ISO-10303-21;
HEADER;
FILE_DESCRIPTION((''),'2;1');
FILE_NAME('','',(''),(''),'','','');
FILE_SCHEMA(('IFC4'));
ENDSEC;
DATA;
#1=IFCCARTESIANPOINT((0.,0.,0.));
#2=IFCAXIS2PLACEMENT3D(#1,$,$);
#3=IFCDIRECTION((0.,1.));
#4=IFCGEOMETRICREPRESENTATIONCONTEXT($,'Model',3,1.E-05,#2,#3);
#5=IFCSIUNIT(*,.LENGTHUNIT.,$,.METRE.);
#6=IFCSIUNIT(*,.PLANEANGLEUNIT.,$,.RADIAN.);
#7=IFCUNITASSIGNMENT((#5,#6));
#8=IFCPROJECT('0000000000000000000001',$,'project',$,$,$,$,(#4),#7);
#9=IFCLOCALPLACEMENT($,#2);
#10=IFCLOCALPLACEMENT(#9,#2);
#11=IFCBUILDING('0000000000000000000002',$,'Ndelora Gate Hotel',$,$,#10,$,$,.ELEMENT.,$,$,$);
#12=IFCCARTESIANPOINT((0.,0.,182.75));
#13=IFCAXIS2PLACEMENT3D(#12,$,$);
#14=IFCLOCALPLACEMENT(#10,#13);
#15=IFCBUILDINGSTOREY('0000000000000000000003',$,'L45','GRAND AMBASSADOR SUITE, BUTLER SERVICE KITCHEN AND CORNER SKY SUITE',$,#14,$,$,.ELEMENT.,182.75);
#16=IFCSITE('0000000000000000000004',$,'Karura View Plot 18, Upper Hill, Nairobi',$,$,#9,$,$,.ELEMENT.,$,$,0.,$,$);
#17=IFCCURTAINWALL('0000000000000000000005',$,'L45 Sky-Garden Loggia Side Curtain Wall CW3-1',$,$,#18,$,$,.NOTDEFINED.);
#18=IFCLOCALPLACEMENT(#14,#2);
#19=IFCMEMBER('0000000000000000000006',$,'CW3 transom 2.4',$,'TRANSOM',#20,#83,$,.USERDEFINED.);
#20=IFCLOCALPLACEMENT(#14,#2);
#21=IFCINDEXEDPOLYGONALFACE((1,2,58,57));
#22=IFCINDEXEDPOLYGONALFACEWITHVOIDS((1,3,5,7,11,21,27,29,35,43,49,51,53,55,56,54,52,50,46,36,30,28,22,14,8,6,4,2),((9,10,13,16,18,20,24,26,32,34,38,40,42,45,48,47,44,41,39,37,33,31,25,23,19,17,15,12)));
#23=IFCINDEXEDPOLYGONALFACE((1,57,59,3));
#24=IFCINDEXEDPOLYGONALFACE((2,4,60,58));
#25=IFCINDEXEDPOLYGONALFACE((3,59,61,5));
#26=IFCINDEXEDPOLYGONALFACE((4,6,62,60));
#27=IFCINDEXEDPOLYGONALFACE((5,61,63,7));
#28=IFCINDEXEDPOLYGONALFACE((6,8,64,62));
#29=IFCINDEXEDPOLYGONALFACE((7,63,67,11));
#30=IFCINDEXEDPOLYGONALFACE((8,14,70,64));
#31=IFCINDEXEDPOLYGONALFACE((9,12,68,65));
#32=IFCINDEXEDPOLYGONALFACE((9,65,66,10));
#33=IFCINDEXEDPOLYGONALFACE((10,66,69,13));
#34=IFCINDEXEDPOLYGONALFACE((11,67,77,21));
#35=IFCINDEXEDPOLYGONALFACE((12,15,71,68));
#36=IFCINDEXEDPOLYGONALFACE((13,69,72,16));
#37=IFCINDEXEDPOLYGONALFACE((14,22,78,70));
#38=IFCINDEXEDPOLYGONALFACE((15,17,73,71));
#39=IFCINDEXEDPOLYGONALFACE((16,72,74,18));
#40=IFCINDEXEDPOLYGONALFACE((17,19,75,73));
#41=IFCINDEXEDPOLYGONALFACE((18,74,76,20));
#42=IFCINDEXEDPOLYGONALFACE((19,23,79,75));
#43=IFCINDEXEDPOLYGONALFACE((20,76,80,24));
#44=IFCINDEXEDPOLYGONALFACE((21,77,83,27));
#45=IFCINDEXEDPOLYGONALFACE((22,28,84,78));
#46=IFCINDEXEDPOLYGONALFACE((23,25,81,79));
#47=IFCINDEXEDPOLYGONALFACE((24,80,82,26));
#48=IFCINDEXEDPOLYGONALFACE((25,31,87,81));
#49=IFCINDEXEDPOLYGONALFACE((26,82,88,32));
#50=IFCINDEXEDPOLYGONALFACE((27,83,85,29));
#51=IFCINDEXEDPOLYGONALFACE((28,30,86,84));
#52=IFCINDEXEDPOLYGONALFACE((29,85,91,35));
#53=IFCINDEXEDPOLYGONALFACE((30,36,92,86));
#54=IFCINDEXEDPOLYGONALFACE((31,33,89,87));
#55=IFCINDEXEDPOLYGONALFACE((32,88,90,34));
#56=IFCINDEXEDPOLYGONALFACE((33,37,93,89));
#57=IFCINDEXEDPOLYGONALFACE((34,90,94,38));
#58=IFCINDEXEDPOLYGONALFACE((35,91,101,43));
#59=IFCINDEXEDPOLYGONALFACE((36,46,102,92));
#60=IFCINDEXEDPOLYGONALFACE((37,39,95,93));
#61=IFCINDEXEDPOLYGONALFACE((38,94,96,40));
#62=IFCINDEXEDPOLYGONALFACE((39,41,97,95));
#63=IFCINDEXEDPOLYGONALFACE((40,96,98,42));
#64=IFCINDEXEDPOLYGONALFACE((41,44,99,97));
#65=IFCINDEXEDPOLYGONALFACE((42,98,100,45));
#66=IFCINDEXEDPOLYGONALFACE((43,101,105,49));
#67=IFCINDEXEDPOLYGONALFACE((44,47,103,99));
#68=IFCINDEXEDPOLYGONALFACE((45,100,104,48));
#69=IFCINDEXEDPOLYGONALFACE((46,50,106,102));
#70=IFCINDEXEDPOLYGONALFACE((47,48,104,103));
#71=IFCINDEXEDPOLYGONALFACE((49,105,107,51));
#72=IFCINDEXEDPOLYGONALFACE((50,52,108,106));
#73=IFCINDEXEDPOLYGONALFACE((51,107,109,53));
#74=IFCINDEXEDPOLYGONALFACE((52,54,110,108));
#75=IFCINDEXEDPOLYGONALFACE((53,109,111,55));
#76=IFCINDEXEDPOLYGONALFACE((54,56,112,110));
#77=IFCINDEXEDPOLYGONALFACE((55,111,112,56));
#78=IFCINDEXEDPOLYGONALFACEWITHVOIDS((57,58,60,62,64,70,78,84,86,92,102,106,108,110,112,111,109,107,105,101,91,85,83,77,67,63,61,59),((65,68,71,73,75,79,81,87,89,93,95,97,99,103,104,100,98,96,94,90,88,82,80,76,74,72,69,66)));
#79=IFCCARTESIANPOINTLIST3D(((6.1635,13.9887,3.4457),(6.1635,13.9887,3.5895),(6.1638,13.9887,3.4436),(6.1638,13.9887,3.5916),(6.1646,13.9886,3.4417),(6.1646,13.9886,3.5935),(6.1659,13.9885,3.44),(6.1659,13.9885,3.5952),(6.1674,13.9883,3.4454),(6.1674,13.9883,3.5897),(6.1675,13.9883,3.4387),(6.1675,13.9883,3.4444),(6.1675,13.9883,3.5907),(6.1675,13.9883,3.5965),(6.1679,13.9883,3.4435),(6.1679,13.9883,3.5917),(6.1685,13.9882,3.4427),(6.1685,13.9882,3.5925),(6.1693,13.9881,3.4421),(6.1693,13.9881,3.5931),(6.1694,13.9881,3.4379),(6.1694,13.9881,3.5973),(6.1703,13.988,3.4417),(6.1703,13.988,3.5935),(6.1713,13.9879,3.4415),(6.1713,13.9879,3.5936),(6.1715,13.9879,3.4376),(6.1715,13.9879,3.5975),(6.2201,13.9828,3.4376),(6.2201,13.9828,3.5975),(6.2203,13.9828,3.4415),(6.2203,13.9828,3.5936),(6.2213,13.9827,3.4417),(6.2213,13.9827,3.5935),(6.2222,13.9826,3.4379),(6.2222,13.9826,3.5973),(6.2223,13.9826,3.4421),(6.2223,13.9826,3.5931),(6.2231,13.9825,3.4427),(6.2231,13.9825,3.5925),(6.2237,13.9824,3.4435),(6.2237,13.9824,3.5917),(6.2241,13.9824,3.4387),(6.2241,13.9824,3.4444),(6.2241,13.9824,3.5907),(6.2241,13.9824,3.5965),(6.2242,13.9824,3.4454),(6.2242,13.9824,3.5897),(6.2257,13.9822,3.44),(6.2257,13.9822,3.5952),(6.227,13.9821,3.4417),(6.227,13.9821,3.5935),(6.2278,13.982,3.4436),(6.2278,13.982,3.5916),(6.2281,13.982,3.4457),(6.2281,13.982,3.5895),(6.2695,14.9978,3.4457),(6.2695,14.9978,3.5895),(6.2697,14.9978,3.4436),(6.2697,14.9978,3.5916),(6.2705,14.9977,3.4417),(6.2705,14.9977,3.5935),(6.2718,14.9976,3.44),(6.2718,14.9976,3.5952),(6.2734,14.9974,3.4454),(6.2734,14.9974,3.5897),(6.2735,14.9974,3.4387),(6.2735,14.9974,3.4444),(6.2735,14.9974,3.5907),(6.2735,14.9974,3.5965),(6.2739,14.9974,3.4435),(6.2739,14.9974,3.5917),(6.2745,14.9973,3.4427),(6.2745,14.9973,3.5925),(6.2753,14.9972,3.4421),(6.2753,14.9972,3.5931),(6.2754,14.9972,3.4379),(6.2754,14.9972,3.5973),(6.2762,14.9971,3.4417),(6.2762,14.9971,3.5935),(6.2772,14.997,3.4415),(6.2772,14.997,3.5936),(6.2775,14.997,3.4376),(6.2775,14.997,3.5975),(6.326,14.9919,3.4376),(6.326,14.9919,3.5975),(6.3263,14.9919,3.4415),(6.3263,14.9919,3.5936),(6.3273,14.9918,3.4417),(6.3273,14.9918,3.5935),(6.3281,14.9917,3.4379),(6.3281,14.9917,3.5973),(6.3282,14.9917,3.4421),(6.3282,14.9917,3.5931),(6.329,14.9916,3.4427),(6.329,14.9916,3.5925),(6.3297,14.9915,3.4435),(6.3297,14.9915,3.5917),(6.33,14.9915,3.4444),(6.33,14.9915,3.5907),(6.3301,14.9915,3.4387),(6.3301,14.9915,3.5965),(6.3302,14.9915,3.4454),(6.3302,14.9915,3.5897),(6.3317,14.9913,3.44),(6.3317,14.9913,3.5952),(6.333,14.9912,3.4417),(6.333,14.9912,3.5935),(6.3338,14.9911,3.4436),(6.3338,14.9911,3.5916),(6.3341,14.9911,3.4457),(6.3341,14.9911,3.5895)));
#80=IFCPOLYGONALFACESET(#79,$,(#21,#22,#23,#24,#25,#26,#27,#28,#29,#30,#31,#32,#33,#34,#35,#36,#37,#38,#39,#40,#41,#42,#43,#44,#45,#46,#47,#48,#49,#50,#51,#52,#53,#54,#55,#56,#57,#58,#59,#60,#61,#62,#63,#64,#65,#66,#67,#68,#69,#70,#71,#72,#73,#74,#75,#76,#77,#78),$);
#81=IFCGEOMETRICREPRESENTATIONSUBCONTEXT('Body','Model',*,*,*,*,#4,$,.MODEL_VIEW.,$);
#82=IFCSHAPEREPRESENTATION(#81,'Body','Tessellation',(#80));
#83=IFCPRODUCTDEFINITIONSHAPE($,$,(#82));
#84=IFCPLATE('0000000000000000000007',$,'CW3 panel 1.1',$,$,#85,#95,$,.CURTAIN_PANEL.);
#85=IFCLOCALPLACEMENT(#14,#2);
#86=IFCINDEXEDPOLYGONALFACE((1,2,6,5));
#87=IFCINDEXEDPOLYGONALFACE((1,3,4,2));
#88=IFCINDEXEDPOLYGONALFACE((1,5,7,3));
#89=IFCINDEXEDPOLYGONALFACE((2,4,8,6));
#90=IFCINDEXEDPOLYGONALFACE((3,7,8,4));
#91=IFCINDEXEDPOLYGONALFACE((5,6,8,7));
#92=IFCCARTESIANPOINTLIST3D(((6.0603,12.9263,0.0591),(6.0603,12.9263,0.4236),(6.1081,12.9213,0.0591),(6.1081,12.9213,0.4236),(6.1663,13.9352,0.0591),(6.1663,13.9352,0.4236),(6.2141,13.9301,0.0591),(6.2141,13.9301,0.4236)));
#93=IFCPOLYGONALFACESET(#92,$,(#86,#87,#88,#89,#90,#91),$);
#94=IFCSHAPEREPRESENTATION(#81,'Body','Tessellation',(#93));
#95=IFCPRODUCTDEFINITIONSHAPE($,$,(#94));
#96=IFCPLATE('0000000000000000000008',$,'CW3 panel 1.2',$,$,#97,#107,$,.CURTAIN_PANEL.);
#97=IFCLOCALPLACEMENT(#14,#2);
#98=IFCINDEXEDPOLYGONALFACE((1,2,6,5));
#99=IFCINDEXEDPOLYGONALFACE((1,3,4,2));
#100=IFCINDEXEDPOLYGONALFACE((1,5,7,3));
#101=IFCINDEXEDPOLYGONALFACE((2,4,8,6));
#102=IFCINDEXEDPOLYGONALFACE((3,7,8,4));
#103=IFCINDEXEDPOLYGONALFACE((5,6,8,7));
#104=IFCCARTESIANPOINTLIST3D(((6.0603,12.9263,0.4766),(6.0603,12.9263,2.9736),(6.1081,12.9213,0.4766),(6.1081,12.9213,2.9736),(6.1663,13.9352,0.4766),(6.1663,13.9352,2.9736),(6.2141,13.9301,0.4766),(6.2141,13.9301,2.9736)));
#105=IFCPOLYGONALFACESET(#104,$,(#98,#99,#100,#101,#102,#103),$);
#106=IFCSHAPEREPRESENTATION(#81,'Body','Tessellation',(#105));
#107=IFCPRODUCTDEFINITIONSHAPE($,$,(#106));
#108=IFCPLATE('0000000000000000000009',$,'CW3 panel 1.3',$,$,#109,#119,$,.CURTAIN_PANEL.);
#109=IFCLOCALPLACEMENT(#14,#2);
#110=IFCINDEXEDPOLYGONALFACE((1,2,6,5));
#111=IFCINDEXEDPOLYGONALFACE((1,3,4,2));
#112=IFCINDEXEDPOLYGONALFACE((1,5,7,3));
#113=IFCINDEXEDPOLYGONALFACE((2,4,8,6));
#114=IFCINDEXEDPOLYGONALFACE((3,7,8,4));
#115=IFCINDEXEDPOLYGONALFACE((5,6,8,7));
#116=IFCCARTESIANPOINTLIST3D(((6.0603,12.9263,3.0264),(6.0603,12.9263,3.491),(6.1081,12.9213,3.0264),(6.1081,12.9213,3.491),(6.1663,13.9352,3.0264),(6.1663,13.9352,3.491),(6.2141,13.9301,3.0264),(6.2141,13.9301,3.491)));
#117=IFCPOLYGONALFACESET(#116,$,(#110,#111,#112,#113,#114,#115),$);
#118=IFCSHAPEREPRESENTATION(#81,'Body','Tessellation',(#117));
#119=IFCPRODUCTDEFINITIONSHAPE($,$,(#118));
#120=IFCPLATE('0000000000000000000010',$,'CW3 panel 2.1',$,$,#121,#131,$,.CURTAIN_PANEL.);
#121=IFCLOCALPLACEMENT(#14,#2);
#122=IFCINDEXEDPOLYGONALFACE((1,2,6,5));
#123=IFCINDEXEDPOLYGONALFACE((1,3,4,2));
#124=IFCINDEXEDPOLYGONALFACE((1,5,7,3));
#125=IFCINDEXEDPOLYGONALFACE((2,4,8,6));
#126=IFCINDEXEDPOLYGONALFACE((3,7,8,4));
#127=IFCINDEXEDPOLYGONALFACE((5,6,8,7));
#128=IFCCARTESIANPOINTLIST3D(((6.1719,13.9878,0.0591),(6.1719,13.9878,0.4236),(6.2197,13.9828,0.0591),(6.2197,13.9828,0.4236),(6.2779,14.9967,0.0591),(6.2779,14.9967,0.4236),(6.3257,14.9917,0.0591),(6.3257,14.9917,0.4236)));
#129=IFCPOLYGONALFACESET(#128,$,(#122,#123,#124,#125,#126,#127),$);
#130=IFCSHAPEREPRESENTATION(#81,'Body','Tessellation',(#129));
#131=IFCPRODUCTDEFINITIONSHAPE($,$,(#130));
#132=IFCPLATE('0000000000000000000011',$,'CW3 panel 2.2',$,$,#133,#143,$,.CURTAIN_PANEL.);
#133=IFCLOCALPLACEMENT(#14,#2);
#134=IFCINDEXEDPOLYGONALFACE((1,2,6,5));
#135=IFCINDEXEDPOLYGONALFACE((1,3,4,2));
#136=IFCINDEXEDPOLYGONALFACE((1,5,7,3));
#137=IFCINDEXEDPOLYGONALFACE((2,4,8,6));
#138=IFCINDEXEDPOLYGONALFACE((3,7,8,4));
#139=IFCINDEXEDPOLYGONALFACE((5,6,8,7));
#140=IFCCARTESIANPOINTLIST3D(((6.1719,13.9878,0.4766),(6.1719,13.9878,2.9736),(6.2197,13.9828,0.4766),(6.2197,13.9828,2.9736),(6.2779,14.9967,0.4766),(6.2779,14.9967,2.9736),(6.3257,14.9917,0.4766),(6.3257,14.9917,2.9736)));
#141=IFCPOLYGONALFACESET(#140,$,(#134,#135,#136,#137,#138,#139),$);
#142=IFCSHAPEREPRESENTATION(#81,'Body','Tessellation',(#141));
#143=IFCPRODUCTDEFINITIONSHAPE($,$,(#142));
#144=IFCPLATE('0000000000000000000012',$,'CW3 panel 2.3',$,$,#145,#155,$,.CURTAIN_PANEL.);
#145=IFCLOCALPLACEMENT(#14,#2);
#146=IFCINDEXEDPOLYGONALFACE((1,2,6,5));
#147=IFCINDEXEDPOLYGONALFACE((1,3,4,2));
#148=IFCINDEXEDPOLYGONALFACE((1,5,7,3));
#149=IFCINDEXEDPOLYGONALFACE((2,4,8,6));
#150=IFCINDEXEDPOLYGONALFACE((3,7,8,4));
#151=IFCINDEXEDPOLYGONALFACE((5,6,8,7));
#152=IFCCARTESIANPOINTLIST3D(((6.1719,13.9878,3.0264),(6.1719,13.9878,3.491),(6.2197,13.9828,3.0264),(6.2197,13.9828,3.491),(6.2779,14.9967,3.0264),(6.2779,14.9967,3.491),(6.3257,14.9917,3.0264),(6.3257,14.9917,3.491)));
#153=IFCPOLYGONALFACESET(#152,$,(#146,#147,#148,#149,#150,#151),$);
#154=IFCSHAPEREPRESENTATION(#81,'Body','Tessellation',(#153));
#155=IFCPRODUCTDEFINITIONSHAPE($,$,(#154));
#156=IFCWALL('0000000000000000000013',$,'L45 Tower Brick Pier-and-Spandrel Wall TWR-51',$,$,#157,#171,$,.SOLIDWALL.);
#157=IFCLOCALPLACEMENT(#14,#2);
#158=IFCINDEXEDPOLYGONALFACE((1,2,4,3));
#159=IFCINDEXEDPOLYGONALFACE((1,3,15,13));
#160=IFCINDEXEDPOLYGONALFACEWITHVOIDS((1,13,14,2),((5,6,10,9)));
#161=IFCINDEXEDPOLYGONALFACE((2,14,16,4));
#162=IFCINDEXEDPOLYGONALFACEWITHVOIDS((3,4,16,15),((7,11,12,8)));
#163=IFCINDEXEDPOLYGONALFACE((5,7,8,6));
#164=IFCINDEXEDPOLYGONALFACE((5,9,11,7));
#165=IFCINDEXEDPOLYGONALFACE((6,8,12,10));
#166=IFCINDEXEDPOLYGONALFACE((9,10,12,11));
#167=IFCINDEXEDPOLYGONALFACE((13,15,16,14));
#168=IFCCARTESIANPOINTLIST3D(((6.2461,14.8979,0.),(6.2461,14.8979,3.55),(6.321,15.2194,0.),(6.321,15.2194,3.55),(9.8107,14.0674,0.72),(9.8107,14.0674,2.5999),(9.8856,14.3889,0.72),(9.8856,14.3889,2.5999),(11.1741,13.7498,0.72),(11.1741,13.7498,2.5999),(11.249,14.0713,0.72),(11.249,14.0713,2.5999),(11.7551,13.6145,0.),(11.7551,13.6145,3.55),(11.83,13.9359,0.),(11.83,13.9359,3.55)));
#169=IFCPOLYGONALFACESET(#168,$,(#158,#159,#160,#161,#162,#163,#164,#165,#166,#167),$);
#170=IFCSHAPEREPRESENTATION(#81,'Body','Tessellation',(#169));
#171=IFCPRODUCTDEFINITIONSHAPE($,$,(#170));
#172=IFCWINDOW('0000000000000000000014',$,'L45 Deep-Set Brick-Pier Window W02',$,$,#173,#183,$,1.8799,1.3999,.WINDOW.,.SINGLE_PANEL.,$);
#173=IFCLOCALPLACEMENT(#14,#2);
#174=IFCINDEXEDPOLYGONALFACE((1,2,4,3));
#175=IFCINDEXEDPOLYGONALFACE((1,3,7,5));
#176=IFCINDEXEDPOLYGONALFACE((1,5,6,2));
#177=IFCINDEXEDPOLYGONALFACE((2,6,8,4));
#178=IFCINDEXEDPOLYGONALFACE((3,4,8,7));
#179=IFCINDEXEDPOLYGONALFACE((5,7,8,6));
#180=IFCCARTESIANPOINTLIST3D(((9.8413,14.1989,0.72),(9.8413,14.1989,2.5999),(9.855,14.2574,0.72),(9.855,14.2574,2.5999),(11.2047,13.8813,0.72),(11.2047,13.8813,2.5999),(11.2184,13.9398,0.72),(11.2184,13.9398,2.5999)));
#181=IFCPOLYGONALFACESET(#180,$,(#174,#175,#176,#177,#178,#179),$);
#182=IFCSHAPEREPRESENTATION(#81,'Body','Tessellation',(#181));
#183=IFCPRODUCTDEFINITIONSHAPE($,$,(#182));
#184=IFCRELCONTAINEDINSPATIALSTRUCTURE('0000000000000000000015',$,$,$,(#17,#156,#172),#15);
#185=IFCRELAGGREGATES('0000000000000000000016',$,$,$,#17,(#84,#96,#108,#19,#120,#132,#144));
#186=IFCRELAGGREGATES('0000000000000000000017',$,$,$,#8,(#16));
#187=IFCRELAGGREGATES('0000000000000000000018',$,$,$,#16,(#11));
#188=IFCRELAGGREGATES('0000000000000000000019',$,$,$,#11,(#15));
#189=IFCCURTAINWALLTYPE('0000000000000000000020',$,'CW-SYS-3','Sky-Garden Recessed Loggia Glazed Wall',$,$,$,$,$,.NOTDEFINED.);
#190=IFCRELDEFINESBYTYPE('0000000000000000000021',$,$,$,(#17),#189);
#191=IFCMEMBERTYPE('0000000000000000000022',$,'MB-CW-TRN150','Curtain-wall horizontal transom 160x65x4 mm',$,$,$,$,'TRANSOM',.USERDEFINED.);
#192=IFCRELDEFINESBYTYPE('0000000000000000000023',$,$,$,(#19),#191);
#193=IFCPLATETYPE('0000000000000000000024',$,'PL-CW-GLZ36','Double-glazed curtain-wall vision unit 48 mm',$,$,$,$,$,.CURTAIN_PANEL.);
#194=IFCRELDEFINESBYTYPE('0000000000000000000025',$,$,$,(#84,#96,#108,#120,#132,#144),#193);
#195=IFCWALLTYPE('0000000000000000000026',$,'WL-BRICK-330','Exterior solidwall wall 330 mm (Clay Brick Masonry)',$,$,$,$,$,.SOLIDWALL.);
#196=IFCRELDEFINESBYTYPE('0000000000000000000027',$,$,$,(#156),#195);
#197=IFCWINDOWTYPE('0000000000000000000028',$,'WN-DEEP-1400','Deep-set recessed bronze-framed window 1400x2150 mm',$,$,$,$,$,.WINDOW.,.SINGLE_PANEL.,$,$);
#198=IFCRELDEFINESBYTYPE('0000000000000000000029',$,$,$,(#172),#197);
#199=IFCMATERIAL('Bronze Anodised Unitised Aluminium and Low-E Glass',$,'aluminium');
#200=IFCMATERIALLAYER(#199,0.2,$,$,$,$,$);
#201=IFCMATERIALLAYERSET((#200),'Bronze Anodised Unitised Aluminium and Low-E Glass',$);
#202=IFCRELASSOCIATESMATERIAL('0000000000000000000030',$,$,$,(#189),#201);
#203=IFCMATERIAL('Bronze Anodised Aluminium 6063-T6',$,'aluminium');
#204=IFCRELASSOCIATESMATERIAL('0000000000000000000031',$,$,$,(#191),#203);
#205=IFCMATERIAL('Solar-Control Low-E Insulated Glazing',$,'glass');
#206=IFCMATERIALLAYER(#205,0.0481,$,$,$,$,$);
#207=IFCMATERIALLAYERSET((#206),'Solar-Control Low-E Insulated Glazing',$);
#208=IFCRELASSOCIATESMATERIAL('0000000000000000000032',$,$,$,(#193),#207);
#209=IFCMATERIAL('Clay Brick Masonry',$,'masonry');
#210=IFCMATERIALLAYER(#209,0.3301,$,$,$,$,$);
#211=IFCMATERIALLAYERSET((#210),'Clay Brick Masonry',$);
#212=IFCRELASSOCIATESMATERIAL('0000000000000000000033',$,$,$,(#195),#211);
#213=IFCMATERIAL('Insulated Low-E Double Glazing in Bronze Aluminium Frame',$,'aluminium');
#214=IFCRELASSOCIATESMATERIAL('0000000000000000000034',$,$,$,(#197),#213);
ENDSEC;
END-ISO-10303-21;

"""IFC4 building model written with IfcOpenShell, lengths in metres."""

from ifc_helpers import new_model, si_unit, direction, frame, frame_2d, origin, origin_2d, place, context, subcontext, project, spatial, rectangle, hollow_rectangle, extrude, material, layer, layer_set, material_profile, profile_set, type_object, element, fill, aggregate, save


model = new_model("IFC4")

# Units and contexts
model_context = context("Model", 3, precision=1e-05, world=origin(), true_north=direction((0.0, 1.0)))
body_context = subcontext(model_context, "Body", "Model", "MODEL_VIEW")
ifc_project = project(units=[si_unit("LENGTHUNIT", "METRE"), si_unit("PLANEANGLEUNIT", "RADIAN")], contexts=[model_context])

# Site, building, storey
site_placement = place(None, origin())
site = spatial("IfcSite", under=ifc_project, at=site_placement, Name="Karura View Plot 18, Upper Hill, Nairobi", CompositionType="ELEMENT", RefElevation=0.0)
building_placement = place(site_placement, origin())
building = spatial("IfcBuilding", under=site, at=building_placement, Name="Ndelora Gate Hotel", CompositionType="ELEMENT")
storey_placement = place(building_placement, frame((0.0, 0.0, 182.75)))
storey = spatial("IfcBuildingStorey", under=building, at=storey_placement, Name="L45", Description="GRAND AMBASSADOR SUITE, BUTLER SERVICE KITCHEN AND CORNER SKY SUITE", CompositionType="ELEMENT", Elevation=182.75)

# Curtain wall, member, plates
ifc_material_1 = material(Name="Bronze Anodised Unitised Aluminium and Low-E Glass", Category="aluminium")
ifc_layer_1 = layer(ifc_material_1, 0.2)
ifc_layer_set_1 = layer_set([ifc_layer_1], Name="Bronze Anodised Unitised Aluminium and Low-E Glass")
curtain_wall_type = type_object("IfcCurtainWallType", Name="CW-SYS-3", Description="Sky-Garden Recessed Loggia Glazed Wall", PredefinedType="NOTDEFINED", material=ifc_layer_set_1)
curtain_wall_placement = place(storey_placement, origin())
curtain_wall = element("IfcCurtainWall", 1, at=curtain_wall_placement, inside=storey, type_object=curtain_wall_type, Name="L45 Sky-Garden Loggia Side Curtain Wall CW3-1", PredefinedType="NOTDEFINED")
ifc_material_2 = material(Name="Bronze Anodised Aluminium 6063-T6", Category="aluminium")
ifc_material_profile_1 = material_profile(ifc_material_2, hollow_rectangle(XDim=0.0649, YDim=0.1599, WallThickness=0.0039, InnerFilletRadius=0.0039, OuterFilletRadius=0.0081, at=origin_2d()), Name="ALU 160x65x4")
ifc_profile_set_1 = profile_set([ifc_material_profile_1], Name="Bronze Anodised Aluminium 6063-T6")
member_type_1 = type_object("IfcMemberType", Name="MB-CW-TRN150", Description="Curtain-wall horizontal transom 160x65x4 mm", ElementType="TRANSOM", PredefinedType="USERDEFINED", material=ifc_profile_set_1)
member_1_placement = place(storey_placement, frame((6.1958, 13.9854, 3.5176), z_axis=(0.104434, 0.994532, 0.0), x_axis=(-0.994532, 0.104434, 0.0)))
member_1 = element("IfcMember", 2, at=member_1_placement, type_object=member_type_1, Name="CW3 transom 2.4", ObjectType="TRANSOM", PredefinedType="USERDEFINED", context=body_context, shape_type="SweptSolid", body=[
    extrude(hollow_rectangle(XDim=0.0649, YDim=0.1599, WallThickness=0.0039, InnerFilletRadius=0.0039, OuterFilletRadius=0.0081, at=origin_2d()), origin(), (0.0, 0.0, 1.0), 1.0146),
])
ifc_material_3 = material(Name="Solar-Control Low-E Insulated Glazing", Category="glass")
ifc_layer_2 = layer(ifc_material_3, 0.0481)
ifc_layer_set_2 = layer_set([ifc_layer_2], Name="Solar-Control Low-E Insulated Glazing")
plate_type = type_object("IfcPlateType", Name="PL-CW-GLZ36", Description="Double-glazed curtain-wall vision unit 48 mm", PredefinedType="CURTAIN_PANEL", material=ifc_layer_set_2)
plate_1_placement = place(storey_placement, frame((6.1372, 13.4282, 0.0591), z_axis=(0.0, 0.0, 1.0), x_axis=(0.104498, 0.994525, 0.0)))
plate_1 = element("IfcPlate", 3, at=plate_1_placement, type_object=plate_type, Name="CW3 panel 1.1", PredefinedType="CURTAIN_PANEL", context=body_context, shape_type="SweptSolid", body=[
    extrude(rectangle(XDim=1.0144, YDim=0.0481, at=origin_2d()), origin(), (0.0, 0.0, 1.0), 0.3645),
])
plate_2_placement = place(storey_placement, frame((6.1372, 13.4282, 0.4766), z_axis=(0.0, 0.0, 1.0), x_axis=(0.104498, 0.994525, 0.0)))
plate_2 = element("IfcPlate", 4, at=plate_2_placement, type_object=plate_type, Name="CW3 panel 1.2", PredefinedType="CURTAIN_PANEL", context=body_context, shape_type="SweptSolid", body=[
    extrude(rectangle(XDim=1.0144, YDim=0.0481, at=origin_2d()), origin(), (0.0, 0.0, 1.0), 2.4971),
])
plate_3_placement = place(storey_placement, frame((6.1372, 13.4282, 3.0264), z_axis=(0.0, 0.0, 1.0), x_axis=(0.104498, 0.994525, 0.0)))
plate_3 = element("IfcPlate", 5, at=plate_3_placement, type_object=plate_type, Name="CW3 panel 1.3", PredefinedType="CURTAIN_PANEL", context=body_context, shape_type="SweptSolid", body=[
    extrude(rectangle(XDim=1.0144, YDim=0.0481, at=origin_2d()), origin(), (0.0, 0.0, 1.0), 0.4646),
])
plate_4_placement = place(storey_placement, frame((6.2488, 14.4897, 0.0591), z_axis=(0.0, 0.0, 1.0), x_axis=(0.104498, 0.994525, 0.0)))
plate_4 = element("IfcPlate", 6, at=plate_4_placement, type_object=plate_type, Name="CW3 panel 2.1", PredefinedType="CURTAIN_PANEL", context=body_context, shape_type="SweptSolid", body=[
    extrude(rectangle(XDim=1.0144, YDim=0.0481, at=origin_2d()), origin(), (0.0, 0.0, 1.0), 0.3645),
])
plate_5_placement = place(storey_placement, frame((6.2488, 14.4897, 0.4766), z_axis=(0.0, 0.0, 1.0), x_axis=(0.104498, 0.994525, 0.0)))
plate_5 = element("IfcPlate", 7, at=plate_5_placement, type_object=plate_type, Name="CW3 panel 2.2", PredefinedType="CURTAIN_PANEL", context=body_context, shape_type="SweptSolid", body=[
    extrude(rectangle(XDim=1.0144, YDim=0.0481, at=origin_2d()), origin(), (0.0, 0.0, 1.0), 2.4971),
])
plate_6_placement = place(storey_placement, frame((6.2488, 14.4897, 3.0264), z_axis=(0.0, 0.0, 1.0), x_axis=(0.104498, 0.994525, 0.0)))
plate_6 = element("IfcPlate", 8, at=plate_6_placement, type_object=plate_type, Name="CW3 panel 2.3", PredefinedType="CURTAIN_PANEL", context=body_context, shape_type="SweptSolid", body=[
    extrude(rectangle(XDim=1.0144, YDim=0.0481, at=origin_2d()), origin(), (0.0, 0.0, 1.0), 0.4646),
])
aggregate(curtain_wall, [plate_1, plate_2, plate_3, member_1, plate_4, plate_5, plate_6])

# Wall, opening, window
ifc_material_4 = material(Name="Clay Brick Masonry", Category="masonry")
ifc_layer_3 = layer(ifc_material_4, 0.3301)
ifc_layer_set_3 = layer_set([ifc_layer_3], Name="Clay Brick Masonry")
wall_type = type_object("IfcWallType", Name="WL-BRICK-330", Description="Exterior solidwall wall 330 mm (Clay Brick Masonry)", PredefinedType="SOLIDWALL", material=ifc_layer_set_3)
wall_placement = place(storey_placement, frame((6.2837, 15.0586, 0.0), z_axis=(0.0, 0.0, 1.0), x_axis=(0.973919, -0.226895, 0.0)))
wall = element("IfcWall", 9, at=wall_placement, inside=storey, type_object=wall_type, Name="L45 Tower Brick Pier-and-Spandrel Wall TWR-51", PredefinedType="SOLIDWALL", context=body_context, shape_type="SweptSolid", body=[
    extrude(rectangle(XDim=5.6565, YDim=0.3301, at=frame_2d((2.8281, 0.0))), origin(), (0.0, 0.0, 1.0), 3.55),
])
opening_placement = place(wall_placement, frame((3.6599, 0.0, 0.72)))
opening = element("IfcOpeningElement", 10, at=opening_placement, cuts=wall, PredefinedType="OPENING", context=body_context, shape_type="SweptSolid", body=[
    extrude(rectangle(XDim=1.3999, YDim=1.8799, at=frame_2d((0.7, 0.9399))), frame((0.0, 0.175, 0.0), z_axis=(0.0, -1.0, 0.0), x_axis=(1.0, 0.0, 0.0)), (0.0, 0.0, 1.0), 0.3501),
])
ifc_material_5 = material(Name="Insulated Low-E Double Glazing in Bronze Aluminium Frame", Category="aluminium")
window_type = type_object("IfcWindowType", Name="WN-DEEP-1400", Description="Deep-set recessed bronze-framed window 1400x2150 mm", PartitioningType="SINGLE_PANEL", PredefinedType="WINDOW", material=ifc_material_5)
window_placement = place(opening_placement, origin())
window = element("IfcWindow", 11, at=window_placement, inside=storey, type_object=window_type, Name="L45 Deep-Set Brick-Pier Window W02", OverallHeight=1.8799, OverallWidth=1.3999, PartitioningType="SINGLE_PANEL", PredefinedType="WINDOW", context=body_context, shape_type="SweptSolid", body=[
    extrude(rectangle(XDim=1.3999, YDim=1.8799, at=frame_2d((0.7, 0.9399))), frame((0.0, 0.03, 0.0), z_axis=(0.0, -1.0, 0.0), x_axis=(1.0, 0.0, 0.0)), (0.0, 0.0, 1.0), 0.0601),
])
fill(opening, window)

save(model, "model.ifc")
